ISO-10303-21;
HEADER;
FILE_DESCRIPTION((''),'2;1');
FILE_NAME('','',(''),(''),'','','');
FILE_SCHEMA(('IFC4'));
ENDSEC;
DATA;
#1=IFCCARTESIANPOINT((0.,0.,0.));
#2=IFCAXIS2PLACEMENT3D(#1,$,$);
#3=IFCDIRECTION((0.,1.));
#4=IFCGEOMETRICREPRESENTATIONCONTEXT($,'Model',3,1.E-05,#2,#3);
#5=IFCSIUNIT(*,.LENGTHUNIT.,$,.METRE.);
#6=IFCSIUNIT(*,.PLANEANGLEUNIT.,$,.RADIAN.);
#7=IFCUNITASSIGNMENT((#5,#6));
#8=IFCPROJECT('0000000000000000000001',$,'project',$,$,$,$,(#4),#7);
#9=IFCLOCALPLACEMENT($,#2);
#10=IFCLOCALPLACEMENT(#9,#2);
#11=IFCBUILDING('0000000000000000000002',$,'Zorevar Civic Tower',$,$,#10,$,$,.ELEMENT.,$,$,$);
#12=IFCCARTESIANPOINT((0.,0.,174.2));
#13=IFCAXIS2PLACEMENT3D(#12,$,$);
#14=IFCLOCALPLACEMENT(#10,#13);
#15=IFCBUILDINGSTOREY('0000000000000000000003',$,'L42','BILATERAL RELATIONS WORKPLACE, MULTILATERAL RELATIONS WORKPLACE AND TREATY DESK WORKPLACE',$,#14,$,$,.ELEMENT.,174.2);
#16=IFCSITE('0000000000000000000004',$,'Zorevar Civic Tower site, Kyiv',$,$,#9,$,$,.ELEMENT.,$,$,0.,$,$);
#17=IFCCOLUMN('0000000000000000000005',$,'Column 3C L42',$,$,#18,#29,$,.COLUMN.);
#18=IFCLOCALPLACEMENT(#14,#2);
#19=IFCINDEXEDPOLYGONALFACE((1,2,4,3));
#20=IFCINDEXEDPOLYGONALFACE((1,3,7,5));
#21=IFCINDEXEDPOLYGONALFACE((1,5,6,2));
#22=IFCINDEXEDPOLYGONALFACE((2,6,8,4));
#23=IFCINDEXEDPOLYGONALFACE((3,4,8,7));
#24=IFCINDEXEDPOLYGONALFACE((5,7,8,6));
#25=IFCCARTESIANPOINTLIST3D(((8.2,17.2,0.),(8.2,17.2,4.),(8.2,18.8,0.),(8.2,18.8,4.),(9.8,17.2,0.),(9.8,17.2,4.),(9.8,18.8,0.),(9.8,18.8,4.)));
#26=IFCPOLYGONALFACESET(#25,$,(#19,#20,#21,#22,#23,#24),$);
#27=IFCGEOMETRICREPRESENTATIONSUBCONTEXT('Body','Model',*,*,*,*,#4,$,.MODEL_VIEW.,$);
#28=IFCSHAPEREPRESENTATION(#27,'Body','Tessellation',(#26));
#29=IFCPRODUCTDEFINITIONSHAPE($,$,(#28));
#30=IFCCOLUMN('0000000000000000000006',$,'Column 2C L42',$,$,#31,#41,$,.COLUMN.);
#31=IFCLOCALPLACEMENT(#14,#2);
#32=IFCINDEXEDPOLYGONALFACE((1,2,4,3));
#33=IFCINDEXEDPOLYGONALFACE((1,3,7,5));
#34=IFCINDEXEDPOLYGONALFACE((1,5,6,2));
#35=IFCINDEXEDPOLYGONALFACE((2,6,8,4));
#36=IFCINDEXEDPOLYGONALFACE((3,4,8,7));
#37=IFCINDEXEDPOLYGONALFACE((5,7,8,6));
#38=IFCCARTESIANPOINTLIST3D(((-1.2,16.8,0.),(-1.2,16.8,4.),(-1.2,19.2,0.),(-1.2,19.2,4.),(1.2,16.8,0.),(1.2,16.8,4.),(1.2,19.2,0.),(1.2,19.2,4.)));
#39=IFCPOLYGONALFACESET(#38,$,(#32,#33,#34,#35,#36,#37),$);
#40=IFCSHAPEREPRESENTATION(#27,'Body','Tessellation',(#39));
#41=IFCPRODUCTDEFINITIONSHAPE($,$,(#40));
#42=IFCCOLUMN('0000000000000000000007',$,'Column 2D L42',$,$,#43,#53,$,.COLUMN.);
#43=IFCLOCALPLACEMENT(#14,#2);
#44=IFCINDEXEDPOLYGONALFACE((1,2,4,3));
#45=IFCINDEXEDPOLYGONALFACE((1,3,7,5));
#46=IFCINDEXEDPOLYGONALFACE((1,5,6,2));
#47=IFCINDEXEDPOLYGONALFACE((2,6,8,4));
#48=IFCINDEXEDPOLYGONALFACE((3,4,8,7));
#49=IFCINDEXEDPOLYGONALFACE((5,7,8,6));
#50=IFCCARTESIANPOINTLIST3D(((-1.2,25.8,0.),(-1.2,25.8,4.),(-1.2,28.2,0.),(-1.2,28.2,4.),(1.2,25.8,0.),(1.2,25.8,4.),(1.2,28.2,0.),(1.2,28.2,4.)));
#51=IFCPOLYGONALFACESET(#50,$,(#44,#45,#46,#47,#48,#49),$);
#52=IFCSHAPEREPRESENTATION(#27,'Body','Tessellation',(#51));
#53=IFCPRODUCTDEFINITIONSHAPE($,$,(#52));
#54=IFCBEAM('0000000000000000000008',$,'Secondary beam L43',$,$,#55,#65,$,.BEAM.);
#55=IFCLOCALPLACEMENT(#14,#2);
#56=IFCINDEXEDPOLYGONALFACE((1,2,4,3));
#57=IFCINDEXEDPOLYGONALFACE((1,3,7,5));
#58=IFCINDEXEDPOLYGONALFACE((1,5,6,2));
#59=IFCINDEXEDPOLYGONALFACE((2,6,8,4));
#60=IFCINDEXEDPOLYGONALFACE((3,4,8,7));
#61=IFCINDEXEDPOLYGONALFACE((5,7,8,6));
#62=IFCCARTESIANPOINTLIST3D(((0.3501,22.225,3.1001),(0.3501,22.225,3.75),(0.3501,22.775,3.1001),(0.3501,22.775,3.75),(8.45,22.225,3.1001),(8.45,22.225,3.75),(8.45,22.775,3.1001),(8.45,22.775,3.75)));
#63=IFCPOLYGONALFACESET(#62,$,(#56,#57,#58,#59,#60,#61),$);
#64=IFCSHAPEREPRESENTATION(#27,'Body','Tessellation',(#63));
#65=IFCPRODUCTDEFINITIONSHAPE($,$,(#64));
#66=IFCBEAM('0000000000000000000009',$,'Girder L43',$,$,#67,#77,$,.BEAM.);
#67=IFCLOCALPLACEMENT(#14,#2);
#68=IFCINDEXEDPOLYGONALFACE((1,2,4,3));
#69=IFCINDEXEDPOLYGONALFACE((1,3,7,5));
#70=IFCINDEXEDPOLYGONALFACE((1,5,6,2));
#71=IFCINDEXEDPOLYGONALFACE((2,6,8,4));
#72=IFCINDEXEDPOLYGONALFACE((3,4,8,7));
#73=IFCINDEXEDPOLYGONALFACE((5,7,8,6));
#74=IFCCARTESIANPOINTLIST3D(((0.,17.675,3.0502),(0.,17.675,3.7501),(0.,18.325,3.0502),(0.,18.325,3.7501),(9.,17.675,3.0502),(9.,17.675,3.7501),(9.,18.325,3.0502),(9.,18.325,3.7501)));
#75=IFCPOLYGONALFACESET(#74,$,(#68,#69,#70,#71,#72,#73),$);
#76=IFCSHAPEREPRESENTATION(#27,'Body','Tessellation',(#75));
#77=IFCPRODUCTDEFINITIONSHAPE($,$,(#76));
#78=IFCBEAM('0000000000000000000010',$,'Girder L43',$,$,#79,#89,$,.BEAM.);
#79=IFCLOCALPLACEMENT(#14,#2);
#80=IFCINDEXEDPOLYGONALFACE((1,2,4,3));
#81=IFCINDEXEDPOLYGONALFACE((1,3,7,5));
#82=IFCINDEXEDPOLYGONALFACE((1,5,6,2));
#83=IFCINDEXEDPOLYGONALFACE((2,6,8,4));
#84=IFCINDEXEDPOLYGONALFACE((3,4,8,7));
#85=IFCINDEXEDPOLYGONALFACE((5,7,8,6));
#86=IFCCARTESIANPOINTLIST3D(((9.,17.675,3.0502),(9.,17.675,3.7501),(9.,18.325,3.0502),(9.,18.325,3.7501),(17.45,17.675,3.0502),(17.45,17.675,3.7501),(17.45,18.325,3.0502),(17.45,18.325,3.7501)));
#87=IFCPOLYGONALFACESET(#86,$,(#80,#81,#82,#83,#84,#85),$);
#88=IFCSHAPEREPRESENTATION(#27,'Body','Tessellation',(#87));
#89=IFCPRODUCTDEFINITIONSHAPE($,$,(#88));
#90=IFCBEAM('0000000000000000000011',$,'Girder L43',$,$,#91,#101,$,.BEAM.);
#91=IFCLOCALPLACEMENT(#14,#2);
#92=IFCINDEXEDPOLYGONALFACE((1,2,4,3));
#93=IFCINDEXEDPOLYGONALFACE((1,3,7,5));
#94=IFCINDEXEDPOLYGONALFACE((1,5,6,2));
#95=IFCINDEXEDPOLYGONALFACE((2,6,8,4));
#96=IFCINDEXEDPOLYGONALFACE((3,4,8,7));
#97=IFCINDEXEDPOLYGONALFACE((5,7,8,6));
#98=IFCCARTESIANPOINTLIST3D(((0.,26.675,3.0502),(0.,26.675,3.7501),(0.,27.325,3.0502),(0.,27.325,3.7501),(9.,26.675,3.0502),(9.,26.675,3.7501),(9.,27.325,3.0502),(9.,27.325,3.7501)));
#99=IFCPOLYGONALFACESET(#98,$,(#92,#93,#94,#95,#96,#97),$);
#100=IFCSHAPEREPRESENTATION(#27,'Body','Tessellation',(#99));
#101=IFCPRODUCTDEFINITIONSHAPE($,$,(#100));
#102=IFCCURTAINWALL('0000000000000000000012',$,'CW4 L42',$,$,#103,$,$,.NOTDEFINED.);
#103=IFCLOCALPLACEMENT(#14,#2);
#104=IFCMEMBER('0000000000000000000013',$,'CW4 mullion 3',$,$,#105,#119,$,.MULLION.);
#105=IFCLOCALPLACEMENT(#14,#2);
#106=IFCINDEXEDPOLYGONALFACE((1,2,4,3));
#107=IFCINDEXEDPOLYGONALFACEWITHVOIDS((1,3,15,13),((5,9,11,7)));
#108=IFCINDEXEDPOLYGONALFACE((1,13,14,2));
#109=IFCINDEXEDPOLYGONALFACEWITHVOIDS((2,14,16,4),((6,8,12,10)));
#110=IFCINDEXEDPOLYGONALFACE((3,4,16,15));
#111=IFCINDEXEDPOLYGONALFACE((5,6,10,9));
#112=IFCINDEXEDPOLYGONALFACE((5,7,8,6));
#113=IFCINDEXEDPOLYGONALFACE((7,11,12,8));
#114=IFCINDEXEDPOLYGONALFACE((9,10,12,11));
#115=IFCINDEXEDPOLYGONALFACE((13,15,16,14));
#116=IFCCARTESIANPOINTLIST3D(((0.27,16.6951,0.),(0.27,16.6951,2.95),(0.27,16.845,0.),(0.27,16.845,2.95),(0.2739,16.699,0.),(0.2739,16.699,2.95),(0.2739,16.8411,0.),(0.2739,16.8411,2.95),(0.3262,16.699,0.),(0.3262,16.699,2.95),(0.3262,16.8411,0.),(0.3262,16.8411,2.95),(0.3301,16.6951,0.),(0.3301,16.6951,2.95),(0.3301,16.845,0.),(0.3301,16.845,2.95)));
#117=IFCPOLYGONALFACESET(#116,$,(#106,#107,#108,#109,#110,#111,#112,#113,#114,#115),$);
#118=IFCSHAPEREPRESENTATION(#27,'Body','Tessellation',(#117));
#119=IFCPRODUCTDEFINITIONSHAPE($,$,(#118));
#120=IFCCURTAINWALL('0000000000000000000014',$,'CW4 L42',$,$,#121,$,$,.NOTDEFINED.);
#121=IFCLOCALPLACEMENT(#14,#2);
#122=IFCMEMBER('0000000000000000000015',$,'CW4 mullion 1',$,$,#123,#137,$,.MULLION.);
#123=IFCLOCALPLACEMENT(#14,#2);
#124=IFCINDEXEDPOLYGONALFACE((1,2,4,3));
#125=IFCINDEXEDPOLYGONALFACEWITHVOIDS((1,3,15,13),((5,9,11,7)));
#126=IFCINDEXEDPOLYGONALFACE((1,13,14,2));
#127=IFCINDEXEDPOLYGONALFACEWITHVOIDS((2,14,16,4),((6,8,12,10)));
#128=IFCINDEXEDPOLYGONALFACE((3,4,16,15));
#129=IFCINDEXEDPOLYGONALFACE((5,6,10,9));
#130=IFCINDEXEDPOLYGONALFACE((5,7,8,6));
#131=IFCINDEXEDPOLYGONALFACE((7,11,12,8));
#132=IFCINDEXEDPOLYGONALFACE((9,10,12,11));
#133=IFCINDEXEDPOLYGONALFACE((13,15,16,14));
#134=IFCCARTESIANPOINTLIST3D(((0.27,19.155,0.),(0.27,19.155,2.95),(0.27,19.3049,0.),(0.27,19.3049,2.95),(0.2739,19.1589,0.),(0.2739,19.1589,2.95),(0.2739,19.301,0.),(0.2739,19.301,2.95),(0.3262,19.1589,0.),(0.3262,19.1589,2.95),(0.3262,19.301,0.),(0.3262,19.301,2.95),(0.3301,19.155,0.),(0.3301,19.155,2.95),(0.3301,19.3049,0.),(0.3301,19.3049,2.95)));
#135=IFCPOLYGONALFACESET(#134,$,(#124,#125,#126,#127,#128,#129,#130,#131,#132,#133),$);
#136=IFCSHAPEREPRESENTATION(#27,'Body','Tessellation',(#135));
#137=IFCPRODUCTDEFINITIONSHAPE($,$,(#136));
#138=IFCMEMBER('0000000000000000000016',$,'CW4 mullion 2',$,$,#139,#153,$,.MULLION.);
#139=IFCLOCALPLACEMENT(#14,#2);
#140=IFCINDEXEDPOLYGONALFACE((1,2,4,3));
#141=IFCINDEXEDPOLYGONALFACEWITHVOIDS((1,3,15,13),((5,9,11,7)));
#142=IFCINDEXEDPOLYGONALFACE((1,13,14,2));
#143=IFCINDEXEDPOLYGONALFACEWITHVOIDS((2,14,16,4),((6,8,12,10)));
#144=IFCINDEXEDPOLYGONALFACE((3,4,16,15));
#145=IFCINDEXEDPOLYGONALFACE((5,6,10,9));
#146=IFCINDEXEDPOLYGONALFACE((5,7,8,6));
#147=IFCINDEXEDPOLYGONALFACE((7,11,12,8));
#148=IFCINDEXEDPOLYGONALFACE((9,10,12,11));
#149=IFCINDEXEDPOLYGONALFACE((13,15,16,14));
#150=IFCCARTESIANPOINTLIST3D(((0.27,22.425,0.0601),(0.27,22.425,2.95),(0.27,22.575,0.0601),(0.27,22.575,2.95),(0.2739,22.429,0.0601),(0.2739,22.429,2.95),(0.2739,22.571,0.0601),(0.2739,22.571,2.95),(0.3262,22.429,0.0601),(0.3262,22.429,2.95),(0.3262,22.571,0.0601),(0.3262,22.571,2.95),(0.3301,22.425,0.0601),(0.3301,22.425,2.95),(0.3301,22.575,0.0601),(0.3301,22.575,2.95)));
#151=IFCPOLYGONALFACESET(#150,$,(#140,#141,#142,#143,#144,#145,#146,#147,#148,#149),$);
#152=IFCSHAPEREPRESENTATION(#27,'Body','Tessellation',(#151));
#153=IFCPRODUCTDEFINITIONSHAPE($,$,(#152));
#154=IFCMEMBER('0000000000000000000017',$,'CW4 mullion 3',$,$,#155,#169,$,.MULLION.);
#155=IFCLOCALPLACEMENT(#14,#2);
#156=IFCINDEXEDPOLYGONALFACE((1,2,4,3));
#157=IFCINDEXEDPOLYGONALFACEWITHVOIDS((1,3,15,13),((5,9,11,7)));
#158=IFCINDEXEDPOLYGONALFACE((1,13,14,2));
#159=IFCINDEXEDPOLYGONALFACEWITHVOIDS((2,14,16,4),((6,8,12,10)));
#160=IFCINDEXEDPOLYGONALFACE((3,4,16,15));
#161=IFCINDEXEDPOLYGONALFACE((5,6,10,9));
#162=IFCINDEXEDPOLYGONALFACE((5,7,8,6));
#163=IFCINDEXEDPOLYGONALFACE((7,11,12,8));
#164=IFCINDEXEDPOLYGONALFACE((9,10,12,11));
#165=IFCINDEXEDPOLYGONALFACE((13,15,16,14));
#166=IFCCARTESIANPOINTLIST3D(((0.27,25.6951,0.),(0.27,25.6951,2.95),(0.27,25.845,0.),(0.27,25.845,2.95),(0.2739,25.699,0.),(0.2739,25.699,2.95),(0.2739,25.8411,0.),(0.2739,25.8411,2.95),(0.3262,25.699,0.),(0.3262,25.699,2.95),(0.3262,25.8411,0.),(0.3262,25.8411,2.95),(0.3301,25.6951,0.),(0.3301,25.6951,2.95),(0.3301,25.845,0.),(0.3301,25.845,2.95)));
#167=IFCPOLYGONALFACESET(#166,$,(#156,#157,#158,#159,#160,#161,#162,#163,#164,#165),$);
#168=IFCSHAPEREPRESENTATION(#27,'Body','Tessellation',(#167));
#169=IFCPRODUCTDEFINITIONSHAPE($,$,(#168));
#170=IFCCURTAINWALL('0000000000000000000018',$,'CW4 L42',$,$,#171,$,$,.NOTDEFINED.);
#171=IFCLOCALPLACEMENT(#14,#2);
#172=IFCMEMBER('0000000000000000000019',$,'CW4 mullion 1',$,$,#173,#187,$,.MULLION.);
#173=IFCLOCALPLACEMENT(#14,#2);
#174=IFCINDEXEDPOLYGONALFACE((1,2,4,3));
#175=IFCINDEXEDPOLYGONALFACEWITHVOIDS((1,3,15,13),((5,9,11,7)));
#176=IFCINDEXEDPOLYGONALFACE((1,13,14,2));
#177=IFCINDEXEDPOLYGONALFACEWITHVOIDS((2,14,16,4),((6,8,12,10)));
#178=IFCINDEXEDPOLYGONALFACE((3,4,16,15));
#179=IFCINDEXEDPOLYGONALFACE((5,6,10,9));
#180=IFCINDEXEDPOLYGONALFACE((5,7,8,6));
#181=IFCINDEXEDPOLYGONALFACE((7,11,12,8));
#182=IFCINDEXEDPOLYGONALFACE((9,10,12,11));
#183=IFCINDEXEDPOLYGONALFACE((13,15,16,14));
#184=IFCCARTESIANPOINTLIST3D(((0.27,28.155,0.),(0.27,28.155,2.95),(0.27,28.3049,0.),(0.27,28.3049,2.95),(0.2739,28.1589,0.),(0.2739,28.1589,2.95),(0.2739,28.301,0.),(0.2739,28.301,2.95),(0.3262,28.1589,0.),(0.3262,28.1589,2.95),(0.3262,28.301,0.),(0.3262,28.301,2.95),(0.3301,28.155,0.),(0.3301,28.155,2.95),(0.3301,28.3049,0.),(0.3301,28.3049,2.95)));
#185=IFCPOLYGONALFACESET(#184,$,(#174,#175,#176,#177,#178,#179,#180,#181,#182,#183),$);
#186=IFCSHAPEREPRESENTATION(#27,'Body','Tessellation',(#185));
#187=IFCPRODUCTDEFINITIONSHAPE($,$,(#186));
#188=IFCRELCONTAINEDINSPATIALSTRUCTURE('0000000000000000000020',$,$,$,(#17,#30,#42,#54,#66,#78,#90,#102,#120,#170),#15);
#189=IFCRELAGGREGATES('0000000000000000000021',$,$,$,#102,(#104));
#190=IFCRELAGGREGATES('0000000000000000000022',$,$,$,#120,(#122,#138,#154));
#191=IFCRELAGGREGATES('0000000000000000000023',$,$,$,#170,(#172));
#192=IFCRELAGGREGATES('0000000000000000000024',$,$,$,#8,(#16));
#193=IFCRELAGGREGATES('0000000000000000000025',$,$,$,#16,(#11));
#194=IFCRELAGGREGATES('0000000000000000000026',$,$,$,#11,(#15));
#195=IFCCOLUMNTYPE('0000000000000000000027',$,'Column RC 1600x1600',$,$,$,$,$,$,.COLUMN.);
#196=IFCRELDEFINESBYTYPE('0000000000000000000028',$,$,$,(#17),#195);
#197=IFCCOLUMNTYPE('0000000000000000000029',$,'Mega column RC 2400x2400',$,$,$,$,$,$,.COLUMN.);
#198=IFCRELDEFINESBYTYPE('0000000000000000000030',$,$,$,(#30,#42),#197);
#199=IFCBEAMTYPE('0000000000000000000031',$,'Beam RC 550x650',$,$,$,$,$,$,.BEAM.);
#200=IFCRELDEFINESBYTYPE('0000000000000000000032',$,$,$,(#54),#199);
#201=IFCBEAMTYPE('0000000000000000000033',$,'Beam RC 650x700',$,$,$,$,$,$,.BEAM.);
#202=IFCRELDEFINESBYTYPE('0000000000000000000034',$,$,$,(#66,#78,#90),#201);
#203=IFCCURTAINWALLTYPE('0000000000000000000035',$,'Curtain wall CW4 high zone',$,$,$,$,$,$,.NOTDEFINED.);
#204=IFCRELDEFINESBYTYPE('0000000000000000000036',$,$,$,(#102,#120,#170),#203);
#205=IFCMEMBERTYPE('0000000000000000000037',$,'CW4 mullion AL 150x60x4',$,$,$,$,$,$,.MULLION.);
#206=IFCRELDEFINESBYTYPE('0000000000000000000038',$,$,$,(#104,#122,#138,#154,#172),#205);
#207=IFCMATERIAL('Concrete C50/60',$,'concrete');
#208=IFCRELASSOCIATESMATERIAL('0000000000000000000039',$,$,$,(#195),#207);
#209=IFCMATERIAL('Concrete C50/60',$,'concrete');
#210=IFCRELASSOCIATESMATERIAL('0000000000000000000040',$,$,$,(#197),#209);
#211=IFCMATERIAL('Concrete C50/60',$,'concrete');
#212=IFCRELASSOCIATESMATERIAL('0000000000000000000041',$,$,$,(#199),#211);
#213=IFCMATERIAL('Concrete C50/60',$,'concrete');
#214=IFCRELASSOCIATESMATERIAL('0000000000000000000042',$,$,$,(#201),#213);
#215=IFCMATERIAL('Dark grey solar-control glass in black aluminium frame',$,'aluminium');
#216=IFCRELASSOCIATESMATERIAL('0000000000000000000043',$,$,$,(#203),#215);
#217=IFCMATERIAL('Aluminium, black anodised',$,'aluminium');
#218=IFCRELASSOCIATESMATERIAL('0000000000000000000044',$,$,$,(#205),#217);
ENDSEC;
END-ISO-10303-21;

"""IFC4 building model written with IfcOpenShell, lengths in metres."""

from ifc_helpers import new_model, si_unit, direction, frame, origin, origin_2d, place, context, subcontext, project, spatial, rectangle, hollow_rectangle, extrude, material, material_profile, profile_set, type_object, element, aggregate, save


model = new_model("IFC4")

# Units and contexts
model_context = context("Model", 3, precision=1e-05, world=origin(), true_north=direction((0.0, 1.0)))
body_context = subcontext(model_context, "Body", "Model", "MODEL_VIEW")
ifc_project = project(units=[si_unit("LENGTHUNIT", "METRE"), si_unit("PLANEANGLEUNIT", "RADIAN")], contexts=[model_context])

# Site, building, storey
site_placement = place(None, origin())
site = spatial("IfcSite", under=ifc_project, at=site_placement, Name="Zorevar Civic Tower site, Kyiv", CompositionType="ELEMENT", RefElevation=0.0)
building_placement = place(site_placement, origin())
building = spatial("IfcBuilding", under=site, at=building_placement, Name="Zorevar Civic Tower", CompositionType="ELEMENT")
storey_placement = place(building_placement, frame((0.0, 0.0, 174.2)))
storey = spatial("IfcBuildingStorey", under=building, at=storey_placement, Name="L42", Description="BILATERAL RELATIONS WORKPLACE, MULTILATERAL RELATIONS WORKPLACE AND TREATY DESK WORKPLACE", CompositionType="ELEMENT", Elevation=174.2)

# Columns
ifc_material_1 = material(Name="Concrete C50/60", Category="concrete")
ifc_material_profile_1 = material_profile(ifc_material_1, rectangle(XDim=1.6001, YDim=1.6001, at=origin_2d()), Name="RC 1600x1600")
ifc_profile_set_1 = profile_set([ifc_material_profile_1], Name="Concrete C50/60")
column_type_1 = type_object("IfcColumnType", Name="Column RC 1600x1600", PredefinedType="COLUMN", material=ifc_profile_set_1)
column_placement = place(storey_placement, frame((9.0, 18.0, 0.0), z_axis=(0.0, 0.0, 1.0), x_axis=(1.0, 0.0, 0.0)))
element("IfcColumn", 1, at=column_placement, inside=storey, type_object=column_type_1, Name="Column 3C L42", PredefinedType="COLUMN", context=body_context, shape_type="SweptSolid", body=[
    extrude(rectangle(XDim=1.6001, YDim=1.6001, at=origin_2d()), origin(), (0.0, 0.0, 1.0), 4.0),
])
ifc_material_2 = material(Name="Concrete C50/60", Category="concrete")
ifc_material_profile_2 = material_profile(ifc_material_2, rectangle(XDim=2.3999, YDim=2.3999, at=origin_2d()), Name="RC 2400x2400")
ifc_profile_set_2 = profile_set([ifc_material_profile_2], Name="Concrete C50/60")
column_type_2 = type_object("IfcColumnType", Name="Mega column RC 2400x2400", PredefinedType="COLUMN", material=ifc_profile_set_2)
for number, where, z_axis, x_axis, name in (
    (2, (0.0, 18.0, 0.0), (0.0, 0.0, 1.0), (1.0, 0.0, 0.0), "Column 2C L42"),
    (3, (0.0, 27.0, 0.0), (0.0, 0.0, 1.0), (1.0, 0.0, 0.0), "Column 2D L42"),
):
    element("IfcColumn", number, at=place(storey_placement, frame(where, z_axis=z_axis, x_axis=x_axis)), inside=storey, type_object=column_type_2, Name=name, PredefinedType="COLUMN", context=body_context, shape_type="SweptSolid", body=[
        extrude(rectangle(XDim=2.3999, YDim=2.3999, at=origin_2d()), origin(), (0.0, 0.0, 1.0), 4.0),
    ])

# Beams
ifc_material_3 = material(Name="Concrete C50/60", Category="concrete")
ifc_material_profile_3 = material_profile(ifc_material_3, rectangle(XDim=0.55, YDim=0.6499, at=origin_2d()), Name="RC 550x650")
ifc_profile_set_3 = profile_set([ifc_material_profile_3], Name="Concrete C50/60")
beam_type_1 = type_object("IfcBeamType", Name="Beam RC 550x650", PredefinedType="BEAM", material=ifc_profile_set_3)
beam_1_placement = place(storey_placement, frame((0.3501, 22.5, 3.425), z_axis=(1.0, 0.0, 0.0), x_axis=(0.0, 1.0, 0.0)))
element("IfcBeam", 4, at=beam_1_placement, inside=storey, type_object=beam_type_1, Name="Secondary beam L43", PredefinedType="BEAM", context=body_context, shape_type="SweptSolid", body=[
    extrude(rectangle(XDim=0.55, YDim=0.6499, at=origin_2d()), origin(), (0.0, 0.0, 1.0), 8.0999),
])
ifc_material_4 = material(Name="Concrete C50/60", Category="concrete")
ifc_material_profile_4 = material_profile(ifc_material_4, rectangle(XDim=0.6499, YDim=0.7, at=origin_2d()), Name="RC 650x700")
ifc_profile_set_4 = profile_set([ifc_material_profile_4], Name="Concrete C50/60")
beam_type_2 = type_object("IfcBeamType", Name="Beam RC 650x700", PredefinedType="BEAM", material=ifc_profile_set_4)
beam_2_placement = place(storey_placement, frame((0.0, 18.0, 3.4001), z_axis=(1.0, 0.0, 0.0), x_axis=(0.0, 1.0, 0.0)))
element("IfcBeam", 5, at=beam_2_placement, inside=storey, type_object=beam_type_2, Name="Girder L43", PredefinedType="BEAM", context=body_context, shape_type="SweptSolid", body=[
    extrude(rectangle(XDim=0.6499, YDim=0.7, at=origin_2d()), origin(), (0.0, 0.0, 1.0), 9.0),
])
beam_3_placement = place(storey_placement, frame((9.0, 18.0, 3.4001), z_axis=(1.0, 0.0, 0.0), x_axis=(0.0, 1.0, 0.0)))
element("IfcBeam", 6, at=beam_3_placement, inside=storey, type_object=beam_type_2, Name="Girder L43", PredefinedType="BEAM", context=body_context, shape_type="SweptSolid", body=[
    extrude(rectangle(XDim=0.6499, YDim=0.7, at=origin_2d()), origin(), (0.0, 0.0, 1.0), 8.45),
])
beam_4_placement = place(storey_placement, frame((0.0, 27.0, 3.4001), z_axis=(1.0, 0.0, 0.0), x_axis=(0.0, 1.0, 0.0)))
element("IfcBeam", 7, at=beam_4_placement, inside=storey, type_object=beam_type_2, Name="Girder L43", PredefinedType="BEAM", context=body_context, shape_type="SweptSolid", body=[
    extrude(rectangle(XDim=0.6499, YDim=0.7, at=origin_2d()), origin(), (0.0, 0.0, 1.0), 9.0),
])

# Curtain wall, member
ifc_material_5 = material(Name="Dark grey solar-control glass in black aluminium frame", Category="aluminium")
curtain_wall_type = type_object("IfcCurtainWallType", Name="Curtain wall CW4 high zone", PredefinedType="NOTDEFINED", material=ifc_material_5)
curtain_wall_1_placement = place(storey_placement, origin())
curtain_wall_1 = element("IfcCurtainWall", 8, at=curtain_wall_1_placement, inside=storey, type_object=curtain_wall_type, Name="CW4 L42", PredefinedType="NOTDEFINED")
ifc_material_6 = material(Name="Aluminium, black anodised", Category="aluminium")
ifc_material_profile_5 = material_profile(ifc_material_6, hollow_rectangle(XDim=0.0601, YDim=0.1499, WallThickness=0.0039, at=origin_2d()), Name="AL 150x60x4")
ifc_profile_set_5 = profile_set([ifc_material_profile_5], Name="Aluminium, black anodised")
member_type_1 = type_object("IfcMemberType", Name="CW4 mullion AL 150x60x4", PredefinedType="MULLION", material=ifc_profile_set_5)
member_1_placement = place(storey_placement, frame((0.3, 16.77, 0.0), z_axis=(0.0, 0.0, 1.0), x_axis=(-1.0, 0.0, 0.0)))
member_1 = element("IfcMember", 9, at=member_1_placement, type_object=member_type_1, Name="CW4 mullion 3", PredefinedType="MULLION", context=body_context, shape_type="SweptSolid", body=[
    extrude(hollow_rectangle(XDim=0.0601, YDim=0.1499, WallThickness=0.0039, at=origin_2d()), origin(), (0.0, 0.0, 1.0), 2.95),
])

# Curtain wall, members
curtain_wall_2_placement = place(storey_placement, origin())
curtain_wall_2 = element("IfcCurtainWall", 10, at=curtain_wall_2_placement, inside=storey, type_object=curtain_wall_type, Name="CW4 L42", PredefinedType="NOTDEFINED")
member_2_placement = place(storey_placement, frame((0.3, 19.23, 0.0), z_axis=(0.0, 0.0, 1.0), x_axis=(-1.0, 0.0, 0.0)))
member_2 = element("IfcMember", 11, at=member_2_placement, type_object=member_type_1, Name="CW4 mullion 1", PredefinedType="MULLION", context=body_context, shape_type="SweptSolid", body=[
    extrude(hollow_rectangle(XDim=0.0601, YDim=0.1499, WallThickness=0.0039, at=origin_2d()), origin(), (0.0, 0.0, 1.0), 2.95),
])
member_3_placement = place(storey_placement, frame((0.3, 22.5, 0.0601), z_axis=(0.0, 0.0, 1.0), x_axis=(-1.0, 0.0, 0.0)))
member_3 = element("IfcMember", 12, at=member_3_placement, type_object=member_type_1, Name="CW4 mullion 2", PredefinedType="MULLION", context=body_context, shape_type="SweptSolid", body=[
    extrude(hollow_rectangle(XDim=0.0601, YDim=0.1499, WallThickness=0.0039, at=origin_2d()), origin(), (0.0, 0.0, 1.0), 2.8899),
])
member_4_placement = place(storey_placement, frame((0.3, 25.77, 0.0), z_axis=(0.0, 0.0, 1.0), x_axis=(-1.0, 0.0, 0.0)))
member_4 = element("IfcMember", 13, at=member_4_placement, type_object=member_type_1, Name="CW4 mullion 3", PredefinedType="MULLION", context=body_context, shape_type="SweptSolid", body=[
    extrude(hollow_rectangle(XDim=0.0601, YDim=0.1499, WallThickness=0.0039, at=origin_2d()), origin(), (0.0, 0.0, 1.0), 2.95),
])

# Curtain wall, member
curtain_wall_3_placement = place(storey_placement, origin())
curtain_wall_3 = element("IfcCurtainWall", 14, at=curtain_wall_3_placement, inside=storey, type_object=curtain_wall_type, Name="CW4 L42", PredefinedType="NOTDEFINED")
member_5_placement = place(storey_placement, frame((0.3, 28.23, 0.0), z_axis=(0.0, 0.0, 1.0), x_axis=(-1.0, 0.0, 0.0)))
member_5 = element("IfcMember", 15, at=member_5_placement, type_object=member_type_1, Name="CW4 mullion 1", PredefinedType="MULLION", context=body_context, shape_type="SweptSolid", body=[
    extrude(hollow_rectangle(XDim=0.0601, YDim=0.1499, WallThickness=0.0039, at=origin_2d()), origin(), (0.0, 0.0, 1.0), 2.95),
])

aggregate(curtain_wall_1, [member_1])
aggregate(curtain_wall_2, [member_2, member_3, member_4])
aggregate(curtain_wall_3, [member_5])

save(model, "model.ifc")
